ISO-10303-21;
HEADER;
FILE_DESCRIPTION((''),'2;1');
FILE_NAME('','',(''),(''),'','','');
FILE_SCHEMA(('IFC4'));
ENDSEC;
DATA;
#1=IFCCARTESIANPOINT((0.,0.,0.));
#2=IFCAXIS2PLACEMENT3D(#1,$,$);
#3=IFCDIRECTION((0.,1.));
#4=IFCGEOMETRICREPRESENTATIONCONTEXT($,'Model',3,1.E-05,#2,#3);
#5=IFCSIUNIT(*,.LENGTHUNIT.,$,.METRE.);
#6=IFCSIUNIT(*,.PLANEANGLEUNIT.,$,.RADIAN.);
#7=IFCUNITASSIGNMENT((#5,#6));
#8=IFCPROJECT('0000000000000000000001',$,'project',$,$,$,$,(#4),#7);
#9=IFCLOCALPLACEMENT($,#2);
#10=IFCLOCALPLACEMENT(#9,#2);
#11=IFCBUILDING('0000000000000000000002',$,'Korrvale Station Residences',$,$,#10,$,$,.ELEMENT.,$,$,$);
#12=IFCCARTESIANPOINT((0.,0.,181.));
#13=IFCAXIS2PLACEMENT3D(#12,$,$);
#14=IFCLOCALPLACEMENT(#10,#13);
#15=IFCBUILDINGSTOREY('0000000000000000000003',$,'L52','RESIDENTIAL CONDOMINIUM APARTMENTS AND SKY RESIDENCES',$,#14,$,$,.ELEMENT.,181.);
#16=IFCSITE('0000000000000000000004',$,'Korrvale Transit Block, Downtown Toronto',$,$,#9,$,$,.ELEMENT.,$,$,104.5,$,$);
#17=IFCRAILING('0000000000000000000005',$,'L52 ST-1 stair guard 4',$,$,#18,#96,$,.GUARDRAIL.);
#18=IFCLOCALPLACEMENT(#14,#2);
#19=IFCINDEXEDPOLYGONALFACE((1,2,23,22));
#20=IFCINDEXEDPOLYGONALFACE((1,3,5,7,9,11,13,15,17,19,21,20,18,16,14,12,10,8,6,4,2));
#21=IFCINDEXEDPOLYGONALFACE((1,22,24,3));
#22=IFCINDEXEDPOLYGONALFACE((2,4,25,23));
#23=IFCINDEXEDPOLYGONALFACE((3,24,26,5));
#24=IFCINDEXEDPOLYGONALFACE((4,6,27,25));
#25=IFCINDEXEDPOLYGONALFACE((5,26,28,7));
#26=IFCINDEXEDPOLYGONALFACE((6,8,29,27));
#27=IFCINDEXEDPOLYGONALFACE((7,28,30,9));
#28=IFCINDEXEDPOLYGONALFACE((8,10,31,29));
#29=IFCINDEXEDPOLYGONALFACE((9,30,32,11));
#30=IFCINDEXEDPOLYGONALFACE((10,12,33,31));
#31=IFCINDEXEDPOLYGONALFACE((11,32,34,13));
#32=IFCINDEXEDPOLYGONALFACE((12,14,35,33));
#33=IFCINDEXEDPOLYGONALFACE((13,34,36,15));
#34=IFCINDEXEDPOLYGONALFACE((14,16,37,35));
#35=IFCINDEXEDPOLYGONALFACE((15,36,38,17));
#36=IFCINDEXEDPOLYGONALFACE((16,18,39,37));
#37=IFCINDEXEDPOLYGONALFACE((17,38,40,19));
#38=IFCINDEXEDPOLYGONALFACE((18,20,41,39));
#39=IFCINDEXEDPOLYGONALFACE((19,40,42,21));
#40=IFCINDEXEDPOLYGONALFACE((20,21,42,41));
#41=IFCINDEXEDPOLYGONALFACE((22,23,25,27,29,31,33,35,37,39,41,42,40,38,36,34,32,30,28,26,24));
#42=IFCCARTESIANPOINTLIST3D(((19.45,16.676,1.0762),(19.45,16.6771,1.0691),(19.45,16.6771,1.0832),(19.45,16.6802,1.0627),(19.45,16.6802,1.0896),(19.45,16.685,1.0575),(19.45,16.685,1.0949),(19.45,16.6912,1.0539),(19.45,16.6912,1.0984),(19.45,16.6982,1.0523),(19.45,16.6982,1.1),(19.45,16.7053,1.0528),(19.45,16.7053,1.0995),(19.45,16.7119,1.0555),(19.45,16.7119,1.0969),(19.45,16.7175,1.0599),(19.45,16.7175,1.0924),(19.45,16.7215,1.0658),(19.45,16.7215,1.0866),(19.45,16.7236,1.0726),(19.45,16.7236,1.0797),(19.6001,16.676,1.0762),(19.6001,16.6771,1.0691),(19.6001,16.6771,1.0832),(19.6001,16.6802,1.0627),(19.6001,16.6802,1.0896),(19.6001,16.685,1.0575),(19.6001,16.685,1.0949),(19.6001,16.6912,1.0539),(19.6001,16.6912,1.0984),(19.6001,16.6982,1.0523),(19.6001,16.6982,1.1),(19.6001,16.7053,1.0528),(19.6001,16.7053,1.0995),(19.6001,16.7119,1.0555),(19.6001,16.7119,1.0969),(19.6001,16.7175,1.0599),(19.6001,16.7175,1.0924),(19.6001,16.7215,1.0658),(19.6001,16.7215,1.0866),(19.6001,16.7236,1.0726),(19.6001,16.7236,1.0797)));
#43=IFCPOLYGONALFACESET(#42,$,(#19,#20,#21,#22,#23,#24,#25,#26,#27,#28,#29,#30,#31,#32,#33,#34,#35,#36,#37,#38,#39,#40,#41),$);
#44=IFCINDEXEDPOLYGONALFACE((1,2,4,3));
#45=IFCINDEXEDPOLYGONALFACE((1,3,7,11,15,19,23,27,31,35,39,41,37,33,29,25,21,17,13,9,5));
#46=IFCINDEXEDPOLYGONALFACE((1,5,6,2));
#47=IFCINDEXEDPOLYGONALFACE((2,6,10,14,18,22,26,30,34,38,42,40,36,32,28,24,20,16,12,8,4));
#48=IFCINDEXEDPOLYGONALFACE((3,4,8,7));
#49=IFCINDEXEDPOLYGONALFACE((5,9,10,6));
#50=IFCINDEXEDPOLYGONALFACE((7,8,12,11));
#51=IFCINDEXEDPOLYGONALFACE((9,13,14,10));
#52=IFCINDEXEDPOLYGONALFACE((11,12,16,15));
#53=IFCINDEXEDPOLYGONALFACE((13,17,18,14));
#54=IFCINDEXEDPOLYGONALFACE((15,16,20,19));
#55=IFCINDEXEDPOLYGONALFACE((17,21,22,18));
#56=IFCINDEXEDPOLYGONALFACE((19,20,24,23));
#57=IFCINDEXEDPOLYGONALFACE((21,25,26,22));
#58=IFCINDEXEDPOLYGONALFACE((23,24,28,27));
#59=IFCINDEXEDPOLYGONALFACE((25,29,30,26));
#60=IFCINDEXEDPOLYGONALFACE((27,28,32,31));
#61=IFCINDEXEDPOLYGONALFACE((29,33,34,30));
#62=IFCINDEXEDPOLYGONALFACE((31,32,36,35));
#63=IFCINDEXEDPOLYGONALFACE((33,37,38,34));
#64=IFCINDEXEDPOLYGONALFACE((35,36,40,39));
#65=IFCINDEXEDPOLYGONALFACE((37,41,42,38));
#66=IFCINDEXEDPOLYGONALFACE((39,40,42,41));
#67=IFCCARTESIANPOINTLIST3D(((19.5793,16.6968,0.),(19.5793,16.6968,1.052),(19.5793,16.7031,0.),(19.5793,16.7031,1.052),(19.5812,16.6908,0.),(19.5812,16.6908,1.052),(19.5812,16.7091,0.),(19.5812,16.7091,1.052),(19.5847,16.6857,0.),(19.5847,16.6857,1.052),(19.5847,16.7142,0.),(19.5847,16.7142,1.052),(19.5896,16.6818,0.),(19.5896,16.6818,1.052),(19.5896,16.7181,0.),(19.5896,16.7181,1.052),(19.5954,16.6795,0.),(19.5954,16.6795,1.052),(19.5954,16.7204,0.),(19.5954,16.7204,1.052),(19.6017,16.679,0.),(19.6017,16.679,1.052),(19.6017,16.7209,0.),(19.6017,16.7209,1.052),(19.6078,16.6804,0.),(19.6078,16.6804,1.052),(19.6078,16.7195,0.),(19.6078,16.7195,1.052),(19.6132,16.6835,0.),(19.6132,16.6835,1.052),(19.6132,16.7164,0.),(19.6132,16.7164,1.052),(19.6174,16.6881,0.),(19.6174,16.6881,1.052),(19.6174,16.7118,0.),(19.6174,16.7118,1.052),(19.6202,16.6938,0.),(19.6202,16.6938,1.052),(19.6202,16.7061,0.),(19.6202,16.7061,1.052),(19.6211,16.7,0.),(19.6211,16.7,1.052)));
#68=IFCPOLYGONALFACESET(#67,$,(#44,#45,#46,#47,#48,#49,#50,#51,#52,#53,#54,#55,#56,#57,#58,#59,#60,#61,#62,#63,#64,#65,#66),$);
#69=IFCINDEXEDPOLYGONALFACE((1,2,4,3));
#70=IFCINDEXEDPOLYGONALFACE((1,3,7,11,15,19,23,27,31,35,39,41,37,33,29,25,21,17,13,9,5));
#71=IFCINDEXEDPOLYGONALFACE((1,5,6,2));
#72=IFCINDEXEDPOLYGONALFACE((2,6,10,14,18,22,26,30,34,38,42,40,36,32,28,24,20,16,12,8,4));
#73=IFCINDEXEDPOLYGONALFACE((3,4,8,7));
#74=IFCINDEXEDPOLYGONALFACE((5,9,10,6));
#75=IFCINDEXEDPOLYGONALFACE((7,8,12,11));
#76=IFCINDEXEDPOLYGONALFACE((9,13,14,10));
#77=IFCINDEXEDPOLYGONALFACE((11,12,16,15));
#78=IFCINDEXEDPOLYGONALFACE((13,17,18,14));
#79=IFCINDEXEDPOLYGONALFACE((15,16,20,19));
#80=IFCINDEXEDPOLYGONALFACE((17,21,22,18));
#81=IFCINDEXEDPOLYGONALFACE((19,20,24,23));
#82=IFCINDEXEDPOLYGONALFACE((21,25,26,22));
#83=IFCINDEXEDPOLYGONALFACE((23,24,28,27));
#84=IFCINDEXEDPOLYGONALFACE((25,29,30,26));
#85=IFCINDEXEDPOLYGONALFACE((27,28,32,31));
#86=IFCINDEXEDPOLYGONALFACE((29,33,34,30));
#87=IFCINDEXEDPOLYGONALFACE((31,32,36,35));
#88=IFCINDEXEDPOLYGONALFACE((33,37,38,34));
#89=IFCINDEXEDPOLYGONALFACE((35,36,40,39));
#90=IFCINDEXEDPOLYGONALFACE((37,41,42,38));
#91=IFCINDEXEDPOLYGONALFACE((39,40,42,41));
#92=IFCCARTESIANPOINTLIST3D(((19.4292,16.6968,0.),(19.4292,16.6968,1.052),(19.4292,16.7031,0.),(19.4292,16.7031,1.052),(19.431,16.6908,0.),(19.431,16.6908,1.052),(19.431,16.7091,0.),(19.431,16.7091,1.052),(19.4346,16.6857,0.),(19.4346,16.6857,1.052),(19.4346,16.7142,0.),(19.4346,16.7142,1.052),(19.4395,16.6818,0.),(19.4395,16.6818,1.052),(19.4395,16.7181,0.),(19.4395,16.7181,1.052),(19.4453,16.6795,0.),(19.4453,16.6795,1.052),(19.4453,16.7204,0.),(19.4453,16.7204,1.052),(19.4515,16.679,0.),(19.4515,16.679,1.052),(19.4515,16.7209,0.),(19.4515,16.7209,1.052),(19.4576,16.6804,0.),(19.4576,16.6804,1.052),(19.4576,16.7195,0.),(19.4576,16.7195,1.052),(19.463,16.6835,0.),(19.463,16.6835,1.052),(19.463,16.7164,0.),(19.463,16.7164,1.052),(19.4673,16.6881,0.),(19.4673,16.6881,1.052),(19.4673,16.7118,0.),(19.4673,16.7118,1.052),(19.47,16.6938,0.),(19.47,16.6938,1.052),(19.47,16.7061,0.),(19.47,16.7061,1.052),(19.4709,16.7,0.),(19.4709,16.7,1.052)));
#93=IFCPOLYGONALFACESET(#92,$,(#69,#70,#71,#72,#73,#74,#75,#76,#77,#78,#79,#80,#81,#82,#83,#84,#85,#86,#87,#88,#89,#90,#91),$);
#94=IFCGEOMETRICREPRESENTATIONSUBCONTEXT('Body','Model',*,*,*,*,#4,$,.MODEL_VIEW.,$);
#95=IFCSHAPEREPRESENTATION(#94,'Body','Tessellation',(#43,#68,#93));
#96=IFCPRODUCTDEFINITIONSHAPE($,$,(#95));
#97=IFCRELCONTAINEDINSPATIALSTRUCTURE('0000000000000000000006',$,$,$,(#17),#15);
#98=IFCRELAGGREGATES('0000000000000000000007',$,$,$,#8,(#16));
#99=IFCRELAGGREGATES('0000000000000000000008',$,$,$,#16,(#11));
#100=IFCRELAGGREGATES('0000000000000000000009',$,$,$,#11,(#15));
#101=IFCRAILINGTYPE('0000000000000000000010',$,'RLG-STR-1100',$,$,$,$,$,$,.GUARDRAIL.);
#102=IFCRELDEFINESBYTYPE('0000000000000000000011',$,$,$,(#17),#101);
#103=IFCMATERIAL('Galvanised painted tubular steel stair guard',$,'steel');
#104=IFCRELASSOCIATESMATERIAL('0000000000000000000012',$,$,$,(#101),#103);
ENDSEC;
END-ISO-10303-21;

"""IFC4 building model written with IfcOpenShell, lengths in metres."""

from ifc_helpers import new_model, si_unit, direction, frame, origin, origin_2d, place, context, subcontext, project, spatial, circle, extrude, material, type_object, element, save


model = new_model("IFC4")

# Units and contexts
model_context = context("Model", 3, precision=1e-05, world=origin(), true_north=direction((0.0, 1.0)))
body_context = subcontext(model_context, "Body", "Model", "MODEL_VIEW")
ifc_project = project(units=[si_unit("LENGTHUNIT", "METRE"), si_unit("PLANEANGLEUNIT", "RADIAN")], contexts=[model_context])

# Site, building, storey
site_placement = place(None, origin())
site = spatial("IfcSite", under=ifc_project, at=site_placement, Name="Korrvale Transit Block, Downtown Toronto", CompositionType="ELEMENT", RefElevation=104.5)
building_placement = place(site_placement, origin())
building = spatial("IfcBuilding", under=site, at=building_placement, Name="Korrvale Station Residences", CompositionType="ELEMENT")
storey_placement = place(building_placement, frame((0.0, 0.0, 181.0)))
storey = spatial("IfcBuildingStorey", under=building, at=storey_placement, Name="L52", Description="RESIDENTIAL CONDOMINIUM APARTMENTS AND SKY RESIDENCES", CompositionType="ELEMENT", Elevation=181.0)

# Railing
ifc_material_1 = material(Name="Galvanised painted tubular steel stair guard", Category="steel")
railing_type_1 = type_object("IfcRailingType", Name="RLG-STR-1100", PredefinedType="GUARDRAIL", material=ifc_material_1)
railing_1_placement = place(storey_placement, frame((19.6001, 16.7, 0.0)))
element("IfcRailing", 1, at=railing_1_placement, inside=storey, type_object=railing_type_1, Name="L52 ST-1 stair guard 4", PredefinedType="GUARDRAIL", context=body_context, shape_type="SweptSolid", body=[
    extrude(circle(Radius=0.0239, at=origin_2d()), frame((0.0, 0.0, 1.0762), z_axis=(-1.0, 0.0, 0.0), x_axis=(0.0, -1.0, 0.0)), (0.0, 0.0, 1.0), 0.1501),
    extrude(circle(Radius=0.021, at=origin_2d()), origin(), (0.0, 0.0, 1.0), 1.052),
    extrude(circle(Radius=0.021, at=origin_2d()), frame((-0.1501, 0.0, 0.0)), (0.0, 0.0, 1.0), 1.052),
])

save(model, "model.ifc")
